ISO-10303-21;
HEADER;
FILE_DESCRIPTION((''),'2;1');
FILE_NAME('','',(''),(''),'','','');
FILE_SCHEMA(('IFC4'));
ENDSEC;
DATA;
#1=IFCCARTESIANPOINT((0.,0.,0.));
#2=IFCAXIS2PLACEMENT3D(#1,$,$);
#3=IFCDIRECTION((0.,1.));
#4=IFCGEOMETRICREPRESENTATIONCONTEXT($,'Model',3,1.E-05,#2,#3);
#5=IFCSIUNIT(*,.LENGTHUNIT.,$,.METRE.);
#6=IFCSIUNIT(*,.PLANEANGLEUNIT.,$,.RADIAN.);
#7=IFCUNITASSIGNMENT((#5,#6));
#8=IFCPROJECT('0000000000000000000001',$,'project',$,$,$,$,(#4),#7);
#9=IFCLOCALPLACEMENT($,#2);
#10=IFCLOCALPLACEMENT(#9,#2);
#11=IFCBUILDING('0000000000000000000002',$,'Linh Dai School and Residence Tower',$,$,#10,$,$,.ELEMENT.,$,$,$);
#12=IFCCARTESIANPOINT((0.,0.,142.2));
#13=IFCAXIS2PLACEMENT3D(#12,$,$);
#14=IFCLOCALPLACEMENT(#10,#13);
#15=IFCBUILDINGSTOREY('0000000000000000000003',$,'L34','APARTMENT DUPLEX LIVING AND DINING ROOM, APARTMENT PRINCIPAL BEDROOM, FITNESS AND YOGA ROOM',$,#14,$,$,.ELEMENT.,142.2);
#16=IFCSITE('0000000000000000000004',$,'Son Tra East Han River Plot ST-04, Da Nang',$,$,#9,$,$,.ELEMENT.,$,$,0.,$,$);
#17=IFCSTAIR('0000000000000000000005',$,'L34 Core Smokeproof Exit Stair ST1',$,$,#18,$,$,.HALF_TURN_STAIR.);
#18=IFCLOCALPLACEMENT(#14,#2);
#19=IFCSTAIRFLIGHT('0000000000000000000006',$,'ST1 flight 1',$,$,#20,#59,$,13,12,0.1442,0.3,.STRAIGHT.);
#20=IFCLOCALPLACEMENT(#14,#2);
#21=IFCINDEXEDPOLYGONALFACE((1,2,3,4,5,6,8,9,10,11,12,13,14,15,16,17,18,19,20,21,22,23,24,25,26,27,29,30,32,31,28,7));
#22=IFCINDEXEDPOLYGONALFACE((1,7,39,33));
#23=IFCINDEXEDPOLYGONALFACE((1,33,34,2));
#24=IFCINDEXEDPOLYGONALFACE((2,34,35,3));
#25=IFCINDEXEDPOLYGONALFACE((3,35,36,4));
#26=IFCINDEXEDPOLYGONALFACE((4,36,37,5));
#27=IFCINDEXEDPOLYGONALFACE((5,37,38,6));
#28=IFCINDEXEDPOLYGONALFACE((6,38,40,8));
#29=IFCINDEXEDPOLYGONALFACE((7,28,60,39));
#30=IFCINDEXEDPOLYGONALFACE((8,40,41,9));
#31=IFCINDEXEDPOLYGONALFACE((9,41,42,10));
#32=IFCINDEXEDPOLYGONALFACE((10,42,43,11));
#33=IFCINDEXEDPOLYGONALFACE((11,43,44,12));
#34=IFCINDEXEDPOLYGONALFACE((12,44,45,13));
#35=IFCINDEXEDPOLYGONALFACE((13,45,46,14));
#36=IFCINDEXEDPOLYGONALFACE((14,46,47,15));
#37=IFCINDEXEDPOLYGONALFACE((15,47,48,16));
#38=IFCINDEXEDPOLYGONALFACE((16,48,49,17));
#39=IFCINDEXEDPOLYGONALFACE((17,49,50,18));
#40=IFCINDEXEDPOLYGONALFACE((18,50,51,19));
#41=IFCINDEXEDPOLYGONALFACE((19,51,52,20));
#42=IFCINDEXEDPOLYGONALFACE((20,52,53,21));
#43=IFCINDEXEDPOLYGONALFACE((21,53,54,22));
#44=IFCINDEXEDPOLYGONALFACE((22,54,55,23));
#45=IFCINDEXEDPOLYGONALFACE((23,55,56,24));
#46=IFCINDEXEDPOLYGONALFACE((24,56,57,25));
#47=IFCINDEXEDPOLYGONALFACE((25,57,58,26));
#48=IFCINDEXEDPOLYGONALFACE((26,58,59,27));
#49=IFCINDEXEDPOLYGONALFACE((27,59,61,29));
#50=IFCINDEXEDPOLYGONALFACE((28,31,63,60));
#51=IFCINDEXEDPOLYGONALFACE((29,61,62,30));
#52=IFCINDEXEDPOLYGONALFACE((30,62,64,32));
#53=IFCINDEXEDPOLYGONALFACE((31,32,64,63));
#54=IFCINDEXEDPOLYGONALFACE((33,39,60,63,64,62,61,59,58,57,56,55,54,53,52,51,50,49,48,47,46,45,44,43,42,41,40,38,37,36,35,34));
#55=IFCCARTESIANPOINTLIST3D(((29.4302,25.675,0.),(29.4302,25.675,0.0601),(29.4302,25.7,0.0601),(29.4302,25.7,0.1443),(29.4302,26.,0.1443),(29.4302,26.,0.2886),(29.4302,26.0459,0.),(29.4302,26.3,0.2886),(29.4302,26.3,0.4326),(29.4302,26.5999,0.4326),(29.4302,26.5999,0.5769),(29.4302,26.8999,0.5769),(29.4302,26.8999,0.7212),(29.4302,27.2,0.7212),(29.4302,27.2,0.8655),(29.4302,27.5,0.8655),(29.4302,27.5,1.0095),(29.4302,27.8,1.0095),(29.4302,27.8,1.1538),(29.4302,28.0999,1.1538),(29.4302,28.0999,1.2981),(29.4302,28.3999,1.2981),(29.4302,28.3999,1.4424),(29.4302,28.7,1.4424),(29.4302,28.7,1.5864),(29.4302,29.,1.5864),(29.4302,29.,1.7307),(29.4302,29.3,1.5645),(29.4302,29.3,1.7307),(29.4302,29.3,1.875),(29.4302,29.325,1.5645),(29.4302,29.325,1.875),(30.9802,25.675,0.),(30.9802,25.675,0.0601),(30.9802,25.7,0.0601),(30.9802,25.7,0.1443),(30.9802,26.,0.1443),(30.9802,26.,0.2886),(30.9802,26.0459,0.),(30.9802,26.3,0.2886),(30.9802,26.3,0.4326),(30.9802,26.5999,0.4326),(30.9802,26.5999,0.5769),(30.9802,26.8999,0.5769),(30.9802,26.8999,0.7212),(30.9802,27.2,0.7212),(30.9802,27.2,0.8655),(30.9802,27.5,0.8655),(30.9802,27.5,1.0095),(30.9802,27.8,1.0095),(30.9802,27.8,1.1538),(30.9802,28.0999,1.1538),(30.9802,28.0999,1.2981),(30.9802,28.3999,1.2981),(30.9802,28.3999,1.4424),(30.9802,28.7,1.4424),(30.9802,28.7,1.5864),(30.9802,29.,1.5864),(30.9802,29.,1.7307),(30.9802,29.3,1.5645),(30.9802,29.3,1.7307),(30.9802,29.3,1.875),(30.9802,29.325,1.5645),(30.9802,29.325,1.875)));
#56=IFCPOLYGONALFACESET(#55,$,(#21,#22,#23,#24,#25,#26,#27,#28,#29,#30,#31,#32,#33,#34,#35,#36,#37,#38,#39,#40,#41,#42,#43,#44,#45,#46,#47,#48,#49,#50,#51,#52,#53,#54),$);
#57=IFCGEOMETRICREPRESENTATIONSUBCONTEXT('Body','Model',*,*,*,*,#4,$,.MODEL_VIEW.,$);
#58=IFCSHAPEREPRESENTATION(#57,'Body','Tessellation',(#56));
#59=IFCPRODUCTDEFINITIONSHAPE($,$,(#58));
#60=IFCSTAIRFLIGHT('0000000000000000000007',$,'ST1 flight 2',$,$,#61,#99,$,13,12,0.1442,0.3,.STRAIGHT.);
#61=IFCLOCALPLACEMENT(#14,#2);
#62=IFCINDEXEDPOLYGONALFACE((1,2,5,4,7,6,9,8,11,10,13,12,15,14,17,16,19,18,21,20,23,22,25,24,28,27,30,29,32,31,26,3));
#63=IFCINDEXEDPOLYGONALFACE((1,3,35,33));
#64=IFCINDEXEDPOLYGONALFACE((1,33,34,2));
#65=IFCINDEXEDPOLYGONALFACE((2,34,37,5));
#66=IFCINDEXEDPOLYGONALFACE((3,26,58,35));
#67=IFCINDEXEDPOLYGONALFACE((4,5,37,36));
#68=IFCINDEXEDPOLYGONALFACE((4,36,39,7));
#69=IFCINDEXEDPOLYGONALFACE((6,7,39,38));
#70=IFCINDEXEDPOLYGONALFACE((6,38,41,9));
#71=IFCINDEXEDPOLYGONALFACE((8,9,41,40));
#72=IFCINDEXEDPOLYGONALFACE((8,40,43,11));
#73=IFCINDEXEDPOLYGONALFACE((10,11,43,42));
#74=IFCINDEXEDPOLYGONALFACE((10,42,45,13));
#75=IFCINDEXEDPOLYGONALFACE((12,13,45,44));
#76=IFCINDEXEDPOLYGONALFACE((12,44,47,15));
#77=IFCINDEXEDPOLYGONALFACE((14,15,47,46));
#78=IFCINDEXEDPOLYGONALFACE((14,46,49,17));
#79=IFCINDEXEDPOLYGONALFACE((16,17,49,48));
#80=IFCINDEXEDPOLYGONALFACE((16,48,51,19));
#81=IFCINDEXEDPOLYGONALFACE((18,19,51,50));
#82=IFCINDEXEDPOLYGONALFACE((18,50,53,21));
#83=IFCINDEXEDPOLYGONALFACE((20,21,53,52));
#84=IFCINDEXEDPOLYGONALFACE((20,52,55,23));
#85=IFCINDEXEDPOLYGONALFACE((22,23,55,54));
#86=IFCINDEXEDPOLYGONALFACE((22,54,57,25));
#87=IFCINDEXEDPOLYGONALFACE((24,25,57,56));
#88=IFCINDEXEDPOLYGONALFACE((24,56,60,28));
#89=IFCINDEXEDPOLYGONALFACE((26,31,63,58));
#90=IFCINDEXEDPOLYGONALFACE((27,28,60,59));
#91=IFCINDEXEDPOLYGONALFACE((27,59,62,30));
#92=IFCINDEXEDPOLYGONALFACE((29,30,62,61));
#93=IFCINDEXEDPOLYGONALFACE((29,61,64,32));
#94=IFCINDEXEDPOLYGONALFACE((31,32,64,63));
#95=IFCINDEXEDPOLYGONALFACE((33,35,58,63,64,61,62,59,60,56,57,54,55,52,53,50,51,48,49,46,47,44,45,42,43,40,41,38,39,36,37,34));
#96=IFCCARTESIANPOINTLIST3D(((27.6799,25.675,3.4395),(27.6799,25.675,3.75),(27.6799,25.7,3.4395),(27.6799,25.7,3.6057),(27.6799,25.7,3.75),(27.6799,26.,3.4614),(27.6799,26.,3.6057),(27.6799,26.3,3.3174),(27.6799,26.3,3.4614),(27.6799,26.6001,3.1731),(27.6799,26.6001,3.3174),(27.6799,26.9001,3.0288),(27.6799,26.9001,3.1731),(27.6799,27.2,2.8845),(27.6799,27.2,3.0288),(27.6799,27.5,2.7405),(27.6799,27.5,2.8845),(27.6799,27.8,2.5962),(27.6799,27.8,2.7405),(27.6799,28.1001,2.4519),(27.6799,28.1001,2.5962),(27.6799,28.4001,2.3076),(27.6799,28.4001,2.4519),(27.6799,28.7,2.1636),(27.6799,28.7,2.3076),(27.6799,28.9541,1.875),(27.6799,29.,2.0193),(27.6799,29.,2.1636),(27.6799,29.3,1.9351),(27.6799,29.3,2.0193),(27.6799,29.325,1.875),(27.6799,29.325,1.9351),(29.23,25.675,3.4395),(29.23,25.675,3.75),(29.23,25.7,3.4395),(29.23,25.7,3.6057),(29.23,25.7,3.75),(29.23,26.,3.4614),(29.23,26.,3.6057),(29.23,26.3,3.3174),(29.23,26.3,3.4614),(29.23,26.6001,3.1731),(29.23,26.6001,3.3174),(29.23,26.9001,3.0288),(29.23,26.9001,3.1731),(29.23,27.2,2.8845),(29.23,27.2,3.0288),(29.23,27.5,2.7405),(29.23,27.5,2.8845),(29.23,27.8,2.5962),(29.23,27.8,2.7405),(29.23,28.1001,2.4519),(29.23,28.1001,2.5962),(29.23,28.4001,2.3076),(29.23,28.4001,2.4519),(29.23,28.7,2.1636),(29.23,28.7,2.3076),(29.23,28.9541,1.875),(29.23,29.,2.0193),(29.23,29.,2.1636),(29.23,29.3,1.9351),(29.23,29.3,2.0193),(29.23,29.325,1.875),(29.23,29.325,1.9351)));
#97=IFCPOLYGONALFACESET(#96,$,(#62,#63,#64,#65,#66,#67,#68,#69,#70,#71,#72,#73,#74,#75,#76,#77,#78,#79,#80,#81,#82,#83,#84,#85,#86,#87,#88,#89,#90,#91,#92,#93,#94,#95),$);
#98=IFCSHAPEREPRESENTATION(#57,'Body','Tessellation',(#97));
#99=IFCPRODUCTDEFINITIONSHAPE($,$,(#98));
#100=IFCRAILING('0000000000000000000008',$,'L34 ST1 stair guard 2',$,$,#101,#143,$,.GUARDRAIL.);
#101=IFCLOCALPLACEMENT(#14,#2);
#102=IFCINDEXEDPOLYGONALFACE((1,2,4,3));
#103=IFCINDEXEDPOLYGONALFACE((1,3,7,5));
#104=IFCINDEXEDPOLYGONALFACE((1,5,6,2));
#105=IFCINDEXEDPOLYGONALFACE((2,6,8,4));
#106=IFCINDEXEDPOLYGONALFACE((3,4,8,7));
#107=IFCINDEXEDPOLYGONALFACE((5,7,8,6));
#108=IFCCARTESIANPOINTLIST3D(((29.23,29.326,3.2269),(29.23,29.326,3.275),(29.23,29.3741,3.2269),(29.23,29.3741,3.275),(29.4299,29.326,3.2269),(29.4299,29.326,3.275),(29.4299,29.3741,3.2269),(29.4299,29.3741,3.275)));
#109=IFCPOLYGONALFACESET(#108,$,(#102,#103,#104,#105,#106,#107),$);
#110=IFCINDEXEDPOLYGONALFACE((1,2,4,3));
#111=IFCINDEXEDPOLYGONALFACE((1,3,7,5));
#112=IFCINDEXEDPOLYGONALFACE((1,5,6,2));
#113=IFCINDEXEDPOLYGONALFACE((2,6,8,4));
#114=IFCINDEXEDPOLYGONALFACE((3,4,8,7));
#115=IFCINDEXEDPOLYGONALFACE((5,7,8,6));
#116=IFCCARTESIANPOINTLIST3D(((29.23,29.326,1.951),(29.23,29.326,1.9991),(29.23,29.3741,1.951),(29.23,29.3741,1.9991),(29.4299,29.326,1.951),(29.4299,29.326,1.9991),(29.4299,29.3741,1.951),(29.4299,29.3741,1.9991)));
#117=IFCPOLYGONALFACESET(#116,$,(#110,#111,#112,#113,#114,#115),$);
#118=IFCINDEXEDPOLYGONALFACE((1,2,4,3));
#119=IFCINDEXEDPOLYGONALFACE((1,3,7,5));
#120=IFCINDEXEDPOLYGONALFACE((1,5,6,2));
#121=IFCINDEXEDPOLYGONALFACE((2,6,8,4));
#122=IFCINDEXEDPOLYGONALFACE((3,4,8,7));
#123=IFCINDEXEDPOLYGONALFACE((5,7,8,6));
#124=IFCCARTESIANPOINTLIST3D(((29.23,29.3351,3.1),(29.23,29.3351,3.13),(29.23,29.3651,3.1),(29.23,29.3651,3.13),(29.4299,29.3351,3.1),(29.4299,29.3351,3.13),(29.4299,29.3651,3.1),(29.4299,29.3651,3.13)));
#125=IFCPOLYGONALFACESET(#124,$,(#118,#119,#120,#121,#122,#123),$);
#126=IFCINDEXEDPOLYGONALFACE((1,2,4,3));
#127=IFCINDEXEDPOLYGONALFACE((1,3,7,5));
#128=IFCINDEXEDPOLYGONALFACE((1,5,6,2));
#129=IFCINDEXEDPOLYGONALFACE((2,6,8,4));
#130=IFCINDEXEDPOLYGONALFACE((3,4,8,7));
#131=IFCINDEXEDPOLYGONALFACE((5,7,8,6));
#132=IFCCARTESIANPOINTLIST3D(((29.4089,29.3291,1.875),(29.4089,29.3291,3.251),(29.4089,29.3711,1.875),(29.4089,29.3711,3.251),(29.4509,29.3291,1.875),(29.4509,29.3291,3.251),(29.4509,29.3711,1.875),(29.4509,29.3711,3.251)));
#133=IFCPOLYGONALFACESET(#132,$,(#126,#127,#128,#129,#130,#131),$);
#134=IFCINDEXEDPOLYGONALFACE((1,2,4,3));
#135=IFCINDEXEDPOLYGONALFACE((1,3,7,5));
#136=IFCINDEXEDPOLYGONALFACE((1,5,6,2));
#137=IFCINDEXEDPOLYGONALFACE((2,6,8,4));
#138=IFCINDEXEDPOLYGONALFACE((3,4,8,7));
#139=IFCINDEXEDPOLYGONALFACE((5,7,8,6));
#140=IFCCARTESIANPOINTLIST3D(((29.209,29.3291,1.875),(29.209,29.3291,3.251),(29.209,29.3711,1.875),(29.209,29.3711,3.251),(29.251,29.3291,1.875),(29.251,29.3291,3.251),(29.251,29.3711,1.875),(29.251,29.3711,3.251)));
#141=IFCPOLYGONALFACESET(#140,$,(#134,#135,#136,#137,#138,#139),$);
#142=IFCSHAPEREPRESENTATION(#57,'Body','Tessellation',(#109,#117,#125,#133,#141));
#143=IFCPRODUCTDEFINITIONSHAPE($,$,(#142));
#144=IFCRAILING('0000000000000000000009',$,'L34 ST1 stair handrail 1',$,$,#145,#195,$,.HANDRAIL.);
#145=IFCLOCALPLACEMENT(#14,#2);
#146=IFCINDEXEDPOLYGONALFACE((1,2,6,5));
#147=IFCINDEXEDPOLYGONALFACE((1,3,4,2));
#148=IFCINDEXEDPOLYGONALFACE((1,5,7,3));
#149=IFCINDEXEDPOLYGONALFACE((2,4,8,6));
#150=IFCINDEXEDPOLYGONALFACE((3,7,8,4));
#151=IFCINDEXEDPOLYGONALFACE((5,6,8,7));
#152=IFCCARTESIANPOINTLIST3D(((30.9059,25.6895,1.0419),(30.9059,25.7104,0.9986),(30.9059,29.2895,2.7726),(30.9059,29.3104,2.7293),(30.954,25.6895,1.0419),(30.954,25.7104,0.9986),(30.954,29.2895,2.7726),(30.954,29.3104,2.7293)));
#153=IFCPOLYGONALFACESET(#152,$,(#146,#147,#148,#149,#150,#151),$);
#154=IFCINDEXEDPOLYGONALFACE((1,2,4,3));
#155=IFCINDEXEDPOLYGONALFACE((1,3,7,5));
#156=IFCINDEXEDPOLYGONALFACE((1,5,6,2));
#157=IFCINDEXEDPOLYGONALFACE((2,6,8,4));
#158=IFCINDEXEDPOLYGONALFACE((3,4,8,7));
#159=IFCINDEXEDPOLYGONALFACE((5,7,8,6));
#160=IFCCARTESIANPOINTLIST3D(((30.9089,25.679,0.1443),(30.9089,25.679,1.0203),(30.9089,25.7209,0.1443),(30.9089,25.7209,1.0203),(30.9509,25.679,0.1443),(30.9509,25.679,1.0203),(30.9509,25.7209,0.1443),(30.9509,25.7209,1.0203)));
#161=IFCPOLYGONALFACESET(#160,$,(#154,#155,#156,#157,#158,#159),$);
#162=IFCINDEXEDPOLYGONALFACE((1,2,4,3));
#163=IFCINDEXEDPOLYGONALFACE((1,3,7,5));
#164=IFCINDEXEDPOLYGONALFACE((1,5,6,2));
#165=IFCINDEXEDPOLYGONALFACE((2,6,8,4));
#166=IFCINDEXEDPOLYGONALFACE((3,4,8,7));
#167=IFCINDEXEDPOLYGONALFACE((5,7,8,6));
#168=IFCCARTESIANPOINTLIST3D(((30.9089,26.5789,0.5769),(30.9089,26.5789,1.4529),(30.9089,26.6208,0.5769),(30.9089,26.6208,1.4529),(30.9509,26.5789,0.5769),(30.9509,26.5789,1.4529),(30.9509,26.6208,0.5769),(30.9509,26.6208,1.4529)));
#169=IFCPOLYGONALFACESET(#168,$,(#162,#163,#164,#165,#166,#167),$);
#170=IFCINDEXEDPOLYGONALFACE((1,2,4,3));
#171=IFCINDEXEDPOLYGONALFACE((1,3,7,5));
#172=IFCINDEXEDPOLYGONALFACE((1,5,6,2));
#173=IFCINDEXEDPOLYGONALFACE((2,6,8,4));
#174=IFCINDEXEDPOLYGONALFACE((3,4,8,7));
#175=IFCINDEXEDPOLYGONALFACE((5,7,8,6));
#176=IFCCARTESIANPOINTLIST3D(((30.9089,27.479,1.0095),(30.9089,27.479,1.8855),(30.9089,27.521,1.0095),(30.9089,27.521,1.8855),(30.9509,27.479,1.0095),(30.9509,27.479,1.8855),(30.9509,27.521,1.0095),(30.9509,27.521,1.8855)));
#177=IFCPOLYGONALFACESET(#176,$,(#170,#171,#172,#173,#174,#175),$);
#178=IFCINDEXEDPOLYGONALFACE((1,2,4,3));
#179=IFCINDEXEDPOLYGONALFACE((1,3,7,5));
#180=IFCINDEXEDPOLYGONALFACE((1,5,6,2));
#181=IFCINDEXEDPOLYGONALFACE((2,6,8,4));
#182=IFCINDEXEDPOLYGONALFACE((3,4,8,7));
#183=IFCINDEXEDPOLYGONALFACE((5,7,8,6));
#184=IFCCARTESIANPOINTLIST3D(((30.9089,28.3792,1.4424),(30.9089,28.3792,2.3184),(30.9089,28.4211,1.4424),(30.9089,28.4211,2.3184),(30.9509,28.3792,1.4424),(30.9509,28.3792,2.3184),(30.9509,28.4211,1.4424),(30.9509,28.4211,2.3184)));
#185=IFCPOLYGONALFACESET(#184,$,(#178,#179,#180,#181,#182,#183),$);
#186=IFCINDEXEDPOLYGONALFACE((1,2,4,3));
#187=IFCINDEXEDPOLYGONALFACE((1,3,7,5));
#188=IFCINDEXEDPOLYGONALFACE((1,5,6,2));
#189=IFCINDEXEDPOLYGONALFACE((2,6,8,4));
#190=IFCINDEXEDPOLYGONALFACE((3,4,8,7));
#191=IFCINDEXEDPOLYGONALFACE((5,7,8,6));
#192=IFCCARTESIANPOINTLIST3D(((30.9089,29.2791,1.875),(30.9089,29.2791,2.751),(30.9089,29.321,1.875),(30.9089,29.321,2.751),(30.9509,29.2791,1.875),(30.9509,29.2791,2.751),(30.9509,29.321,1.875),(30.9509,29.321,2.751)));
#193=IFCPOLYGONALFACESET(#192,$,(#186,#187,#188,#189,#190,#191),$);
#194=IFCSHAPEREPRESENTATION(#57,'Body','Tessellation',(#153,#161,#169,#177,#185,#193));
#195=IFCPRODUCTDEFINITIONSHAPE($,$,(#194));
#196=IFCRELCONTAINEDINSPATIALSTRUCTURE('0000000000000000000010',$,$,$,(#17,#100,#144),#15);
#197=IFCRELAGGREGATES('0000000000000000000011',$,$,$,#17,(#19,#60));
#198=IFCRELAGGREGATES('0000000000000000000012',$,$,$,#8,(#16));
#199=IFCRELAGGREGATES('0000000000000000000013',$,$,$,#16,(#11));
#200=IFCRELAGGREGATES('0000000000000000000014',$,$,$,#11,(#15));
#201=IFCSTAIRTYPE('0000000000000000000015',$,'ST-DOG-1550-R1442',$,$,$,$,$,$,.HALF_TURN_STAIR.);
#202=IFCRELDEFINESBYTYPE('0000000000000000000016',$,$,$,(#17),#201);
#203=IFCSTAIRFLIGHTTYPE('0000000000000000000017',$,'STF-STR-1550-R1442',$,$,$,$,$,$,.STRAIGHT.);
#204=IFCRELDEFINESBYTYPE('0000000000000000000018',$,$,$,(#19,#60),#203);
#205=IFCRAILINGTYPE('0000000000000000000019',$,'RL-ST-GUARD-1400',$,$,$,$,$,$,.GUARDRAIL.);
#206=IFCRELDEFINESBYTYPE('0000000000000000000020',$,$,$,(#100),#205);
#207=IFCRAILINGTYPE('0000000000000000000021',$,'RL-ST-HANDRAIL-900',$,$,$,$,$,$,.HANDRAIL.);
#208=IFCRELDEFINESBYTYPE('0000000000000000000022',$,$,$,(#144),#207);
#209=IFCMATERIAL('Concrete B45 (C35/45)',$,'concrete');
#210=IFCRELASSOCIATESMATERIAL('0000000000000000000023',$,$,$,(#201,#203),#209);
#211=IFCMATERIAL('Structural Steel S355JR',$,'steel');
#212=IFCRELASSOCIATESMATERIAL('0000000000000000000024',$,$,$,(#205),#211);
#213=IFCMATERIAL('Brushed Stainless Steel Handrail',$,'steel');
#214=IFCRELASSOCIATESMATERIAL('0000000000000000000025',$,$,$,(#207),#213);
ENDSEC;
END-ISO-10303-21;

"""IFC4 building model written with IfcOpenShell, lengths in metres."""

from ifc_helpers import new_model, si_unit, direction, frame, origin, origin_2d, place, context, subcontext, project, spatial, polyline, rectangle, outline, extrude, source, transform, mapped, material, type_object, element, aggregate, save


model = new_model("IFC4")

# Units and contexts
model_context = context("Model", 3, precision=1e-05, world=origin(), true_north=direction((0.0, 1.0)))
body_context = subcontext(model_context, "Body", "Model", "MODEL_VIEW")
ifc_project = project(units=[si_unit("LENGTHUNIT", "METRE"), si_unit("PLANEANGLEUNIT", "RADIAN")], contexts=[model_context])

# Site, building, storey
site_placement = place(None, origin())
site = spatial("IfcSite", under=ifc_project, at=site_placement, Name="Son Tra East Han River Plot ST-04, Da Nang", CompositionType="ELEMENT", RefElevation=0.0)
building_placement = place(site_placement, origin())
building = spatial("IfcBuilding", under=site, at=building_placement, Name="Linh Dai School and Residence Tower", CompositionType="ELEMENT")
storey_placement = place(building_placement, frame((0.0, 0.0, 142.2)))
storey = spatial("IfcBuildingStorey", under=building, at=storey_placement, Name="L34", Description="APARTMENT DUPLEX LIVING AND DINING ROOM, APARTMENT PRINCIPAL BEDROOM, FITNESS AND YOGA ROOM", CompositionType="ELEMENT", Elevation=142.2)

# Shared definitions
ifc_material_1 = material(Name="Concrete B45 (C35/45)", Category="concrete")

# Stair, stair flights
stair_type = type_object("IfcStairType", Name="ST-DOG-1550-R1442", PredefinedType="HALF_TURN_STAIR", material=ifc_material_1)
stair_placement = place(storey_placement, origin())
stair = element("IfcStair", 1, at=stair_placement, inside=storey, type_object=stair_type, Name="L34 Core Smokeproof Exit Stair ST1", PredefinedType="HALF_TURN_STAIR")
stair_flight_type = type_object("IfcStairFlightType", Name="STF-STR-1550-R1442", PredefinedType="STRAIGHT", material=ifc_material_1)
shared_shape_1 = source(origin(), body_context, "Body", "SweptSolid", [
    extrude(outline(polyline([(-0.0249, 0.0), (-0.0249, 0.0601), (0.0, 0.0601), (0.0, 0.1443), (0.3, 0.1443), (0.3, 0.2886), (0.6001, 0.2886), (0.6001, 0.4326), (0.8999, 0.4326), (0.8999, 0.5769), (1.2, 0.5769), (1.2, 0.7212), (1.5, 0.7212), (1.5, 0.8655), (1.8, 0.8655), (1.8, 1.0095), (2.1001, 1.0095), (2.1001, 1.1538), (2.3999, 1.1538), (2.3999, 1.2981), (2.7, 1.2981), (2.7, 1.4424), (3.0, 1.4424), (3.0, 1.5864), (3.3, 1.5864), (3.3, 1.7307), (3.6001, 1.7307), (3.6001, 1.875), (3.625, 1.875), (3.625, 1.5645), (3.6001, 1.5645), (0.3459, 0.0), (-0.0249, 0.0)])), frame((0.0, 0.7749, 0.0), z_axis=(0.0, -1.0, 0.0), x_axis=(1.0, 0.0, 0.0)), (0.0, 0.0, 1.0), 1.55),
])
stair_flight_1_placement = place(storey_placement, frame((30.2051, 25.7, 0.0), z_axis=(0.0, 0.0, 1.0), x_axis=(0.0, 1.0, 0.0)))
stair_flight_1 = element("IfcStairFlight", 2, at=stair_flight_1_placement, type_object=stair_flight_type, Name="ST1 flight 1", NumberOfRisers=13, NumberOfTreads=12, PredefinedType="STRAIGHT", RiserHeight=0.1442, TreadLength=0.3, context=body_context, shape_type="MappedRepresentation", body=[
    mapped(shared_shape_1, transform((0.0, 0.0, 0.0), x_axis=(1.0, 0.0, 0.0), y_axis=(0.0, 1.0, 0.0), z_axis=(0.0, 0.0, 1.0), scale=1.0)),
])
stair_flight_2_placement = place(storey_placement, frame((28.4551, 29.3, 1.875), z_axis=(0.0, 0.0, 1.0), x_axis=(0.0, -1.0, 0.0)))
stair_flight_2 = element("IfcStairFlight", 3, at=stair_flight_2_placement, type_object=stair_flight_type, Name="ST1 flight 2", NumberOfRisers=13, NumberOfTreads=12, PredefinedType="STRAIGHT", RiserHeight=0.1442, TreadLength=0.3, context=body_context, shape_type="MappedRepresentation", body=[
    mapped(shared_shape_1, transform((0.0, 0.0, 0.0), x_axis=(1.0, 0.0, 0.0), y_axis=(0.0, 1.0, 0.0), z_axis=(0.0, 0.0, 1.0), scale=1.0)),
])
aggregate(stair, [stair_flight_1, stair_flight_2])

# Railings
ifc_material_2 = material(Name="Structural Steel S355JR", Category="steel")
railing_type_1 = type_object("IfcRailingType", Name="RL-ST-GUARD-1400", PredefinedType="GUARDRAIL", material=ifc_material_2)
shared_shape_2 = source(origin(), body_context, "Body", "SweptSolid", [
    extrude(rectangle(XDim=0.0481, YDim=0.0481, at=origin_2d()), frame((0.0, 0.0, 1.376), z_axis=(-1.0, 0.0, 0.0), x_axis=(0.0, -1.0, 0.0)), (0.0, 0.0, 1.0), 0.2),
    extrude(rectangle(XDim=0.0481, YDim=0.0481, at=origin_2d()), frame((0.0, 0.0, 0.1001), z_axis=(-1.0, 0.0, 0.0), x_axis=(0.0, -1.0, 0.0)), (0.0, 0.0, 1.0), 0.2),
    extrude(rectangle(XDim=0.03, YDim=0.03, at=origin_2d()), frame((0.0, 0.0, 1.24), z_axis=(-1.0, 0.0, 0.0), x_axis=(0.0, -1.0, 0.0)), (0.0, 0.0, 1.0), 0.2),
    extrude(rectangle(XDim=0.042, YDim=0.042, at=origin_2d()), origin(), (0.0, 0.0, 1.0), 1.376),
    extrude(rectangle(XDim=0.042, YDim=0.042, at=origin_2d()), frame((-0.2, 0.0, 0.0)), (0.0, 0.0, 1.0), 1.376),
])
railing_1_placement = place(storey_placement, frame((29.4299, 29.3501, 1.875)))
element("IfcRailing", 4, at=railing_1_placement, inside=storey, type_object=railing_type_1, Name="L34 ST1 stair guard 2", PredefinedType="GUARDRAIL", context=body_context, shape_type="MappedRepresentation", body=[
    mapped(shared_shape_2, transform((0.0, 0.0, 0.0), x_axis=(1.0, 0.0, 0.0), y_axis=(0.0, 1.0, 0.0), z_axis=(0.0, 0.0, 1.0), scale=1.0)),
])
ifc_material_3 = material(Name="Brushed Stainless Steel Handrail", Category="steel")
railing_type_2 = type_object("IfcRailingType", Name="RL-ST-HANDRAIL-900", PredefinedType="HANDRAIL", material=ifc_material_3)
shared_shape_3 = source(origin(), body_context, "Body", "SweptSolid", [
    extrude(rectangle(XDim=0.0481, YDim=0.0481, at=origin_2d()), frame((0.0, 0.0, 0.876), z_axis=(0.0, 0.901263, 0.433273), x_axis=(-1.0, 0.0, 0.0)), (0.0, 0.0, 1.0), 3.9944),
    extrude(rectangle(XDim=0.042, YDim=0.042, at=origin_2d()), origin(), (0.0, 0.0, 1.0), 0.876),
    extrude(rectangle(XDim=0.042, YDim=0.042, at=origin_2d()), frame((0.0, 0.8999, 0.4326)), (0.0, 0.0, 1.0), 0.876),
    extrude(rectangle(XDim=0.042, YDim=0.042, at=origin_2d()), frame((0.0, 1.8, 0.8652)), (0.0, 0.0, 1.0), 0.876),
    extrude(rectangle(XDim=0.042, YDim=0.042, at=origin_2d()), frame((0.0, 2.7002, 1.2981)), (0.0, 0.0, 1.0), 0.876),
    extrude(rectangle(XDim=0.042, YDim=0.042, at=origin_2d()), frame((0.0, 3.6001, 1.7307)), (0.0, 0.0, 1.0), 0.876),
])
railing_2_placement = place(storey_placement, frame((30.9299, 25.7, 0.1443)))
element("IfcRailing", 5, at=railing_2_placement, inside=storey, type_object=railing_type_2, Name="L34 ST1 stair handrail 1", PredefinedType="HANDRAIL", context=body_context, shape_type="MappedRepresentation", body=[
    mapped(shared_shape_3, transform((0.0, 0.0, 0.0), x_axis=(1.0, 0.0, 0.0), y_axis=(0.0, 1.0, 0.0), z_axis=(0.0, 0.0, 1.0), scale=1.0)),
])

save(model, "model.ifc")
